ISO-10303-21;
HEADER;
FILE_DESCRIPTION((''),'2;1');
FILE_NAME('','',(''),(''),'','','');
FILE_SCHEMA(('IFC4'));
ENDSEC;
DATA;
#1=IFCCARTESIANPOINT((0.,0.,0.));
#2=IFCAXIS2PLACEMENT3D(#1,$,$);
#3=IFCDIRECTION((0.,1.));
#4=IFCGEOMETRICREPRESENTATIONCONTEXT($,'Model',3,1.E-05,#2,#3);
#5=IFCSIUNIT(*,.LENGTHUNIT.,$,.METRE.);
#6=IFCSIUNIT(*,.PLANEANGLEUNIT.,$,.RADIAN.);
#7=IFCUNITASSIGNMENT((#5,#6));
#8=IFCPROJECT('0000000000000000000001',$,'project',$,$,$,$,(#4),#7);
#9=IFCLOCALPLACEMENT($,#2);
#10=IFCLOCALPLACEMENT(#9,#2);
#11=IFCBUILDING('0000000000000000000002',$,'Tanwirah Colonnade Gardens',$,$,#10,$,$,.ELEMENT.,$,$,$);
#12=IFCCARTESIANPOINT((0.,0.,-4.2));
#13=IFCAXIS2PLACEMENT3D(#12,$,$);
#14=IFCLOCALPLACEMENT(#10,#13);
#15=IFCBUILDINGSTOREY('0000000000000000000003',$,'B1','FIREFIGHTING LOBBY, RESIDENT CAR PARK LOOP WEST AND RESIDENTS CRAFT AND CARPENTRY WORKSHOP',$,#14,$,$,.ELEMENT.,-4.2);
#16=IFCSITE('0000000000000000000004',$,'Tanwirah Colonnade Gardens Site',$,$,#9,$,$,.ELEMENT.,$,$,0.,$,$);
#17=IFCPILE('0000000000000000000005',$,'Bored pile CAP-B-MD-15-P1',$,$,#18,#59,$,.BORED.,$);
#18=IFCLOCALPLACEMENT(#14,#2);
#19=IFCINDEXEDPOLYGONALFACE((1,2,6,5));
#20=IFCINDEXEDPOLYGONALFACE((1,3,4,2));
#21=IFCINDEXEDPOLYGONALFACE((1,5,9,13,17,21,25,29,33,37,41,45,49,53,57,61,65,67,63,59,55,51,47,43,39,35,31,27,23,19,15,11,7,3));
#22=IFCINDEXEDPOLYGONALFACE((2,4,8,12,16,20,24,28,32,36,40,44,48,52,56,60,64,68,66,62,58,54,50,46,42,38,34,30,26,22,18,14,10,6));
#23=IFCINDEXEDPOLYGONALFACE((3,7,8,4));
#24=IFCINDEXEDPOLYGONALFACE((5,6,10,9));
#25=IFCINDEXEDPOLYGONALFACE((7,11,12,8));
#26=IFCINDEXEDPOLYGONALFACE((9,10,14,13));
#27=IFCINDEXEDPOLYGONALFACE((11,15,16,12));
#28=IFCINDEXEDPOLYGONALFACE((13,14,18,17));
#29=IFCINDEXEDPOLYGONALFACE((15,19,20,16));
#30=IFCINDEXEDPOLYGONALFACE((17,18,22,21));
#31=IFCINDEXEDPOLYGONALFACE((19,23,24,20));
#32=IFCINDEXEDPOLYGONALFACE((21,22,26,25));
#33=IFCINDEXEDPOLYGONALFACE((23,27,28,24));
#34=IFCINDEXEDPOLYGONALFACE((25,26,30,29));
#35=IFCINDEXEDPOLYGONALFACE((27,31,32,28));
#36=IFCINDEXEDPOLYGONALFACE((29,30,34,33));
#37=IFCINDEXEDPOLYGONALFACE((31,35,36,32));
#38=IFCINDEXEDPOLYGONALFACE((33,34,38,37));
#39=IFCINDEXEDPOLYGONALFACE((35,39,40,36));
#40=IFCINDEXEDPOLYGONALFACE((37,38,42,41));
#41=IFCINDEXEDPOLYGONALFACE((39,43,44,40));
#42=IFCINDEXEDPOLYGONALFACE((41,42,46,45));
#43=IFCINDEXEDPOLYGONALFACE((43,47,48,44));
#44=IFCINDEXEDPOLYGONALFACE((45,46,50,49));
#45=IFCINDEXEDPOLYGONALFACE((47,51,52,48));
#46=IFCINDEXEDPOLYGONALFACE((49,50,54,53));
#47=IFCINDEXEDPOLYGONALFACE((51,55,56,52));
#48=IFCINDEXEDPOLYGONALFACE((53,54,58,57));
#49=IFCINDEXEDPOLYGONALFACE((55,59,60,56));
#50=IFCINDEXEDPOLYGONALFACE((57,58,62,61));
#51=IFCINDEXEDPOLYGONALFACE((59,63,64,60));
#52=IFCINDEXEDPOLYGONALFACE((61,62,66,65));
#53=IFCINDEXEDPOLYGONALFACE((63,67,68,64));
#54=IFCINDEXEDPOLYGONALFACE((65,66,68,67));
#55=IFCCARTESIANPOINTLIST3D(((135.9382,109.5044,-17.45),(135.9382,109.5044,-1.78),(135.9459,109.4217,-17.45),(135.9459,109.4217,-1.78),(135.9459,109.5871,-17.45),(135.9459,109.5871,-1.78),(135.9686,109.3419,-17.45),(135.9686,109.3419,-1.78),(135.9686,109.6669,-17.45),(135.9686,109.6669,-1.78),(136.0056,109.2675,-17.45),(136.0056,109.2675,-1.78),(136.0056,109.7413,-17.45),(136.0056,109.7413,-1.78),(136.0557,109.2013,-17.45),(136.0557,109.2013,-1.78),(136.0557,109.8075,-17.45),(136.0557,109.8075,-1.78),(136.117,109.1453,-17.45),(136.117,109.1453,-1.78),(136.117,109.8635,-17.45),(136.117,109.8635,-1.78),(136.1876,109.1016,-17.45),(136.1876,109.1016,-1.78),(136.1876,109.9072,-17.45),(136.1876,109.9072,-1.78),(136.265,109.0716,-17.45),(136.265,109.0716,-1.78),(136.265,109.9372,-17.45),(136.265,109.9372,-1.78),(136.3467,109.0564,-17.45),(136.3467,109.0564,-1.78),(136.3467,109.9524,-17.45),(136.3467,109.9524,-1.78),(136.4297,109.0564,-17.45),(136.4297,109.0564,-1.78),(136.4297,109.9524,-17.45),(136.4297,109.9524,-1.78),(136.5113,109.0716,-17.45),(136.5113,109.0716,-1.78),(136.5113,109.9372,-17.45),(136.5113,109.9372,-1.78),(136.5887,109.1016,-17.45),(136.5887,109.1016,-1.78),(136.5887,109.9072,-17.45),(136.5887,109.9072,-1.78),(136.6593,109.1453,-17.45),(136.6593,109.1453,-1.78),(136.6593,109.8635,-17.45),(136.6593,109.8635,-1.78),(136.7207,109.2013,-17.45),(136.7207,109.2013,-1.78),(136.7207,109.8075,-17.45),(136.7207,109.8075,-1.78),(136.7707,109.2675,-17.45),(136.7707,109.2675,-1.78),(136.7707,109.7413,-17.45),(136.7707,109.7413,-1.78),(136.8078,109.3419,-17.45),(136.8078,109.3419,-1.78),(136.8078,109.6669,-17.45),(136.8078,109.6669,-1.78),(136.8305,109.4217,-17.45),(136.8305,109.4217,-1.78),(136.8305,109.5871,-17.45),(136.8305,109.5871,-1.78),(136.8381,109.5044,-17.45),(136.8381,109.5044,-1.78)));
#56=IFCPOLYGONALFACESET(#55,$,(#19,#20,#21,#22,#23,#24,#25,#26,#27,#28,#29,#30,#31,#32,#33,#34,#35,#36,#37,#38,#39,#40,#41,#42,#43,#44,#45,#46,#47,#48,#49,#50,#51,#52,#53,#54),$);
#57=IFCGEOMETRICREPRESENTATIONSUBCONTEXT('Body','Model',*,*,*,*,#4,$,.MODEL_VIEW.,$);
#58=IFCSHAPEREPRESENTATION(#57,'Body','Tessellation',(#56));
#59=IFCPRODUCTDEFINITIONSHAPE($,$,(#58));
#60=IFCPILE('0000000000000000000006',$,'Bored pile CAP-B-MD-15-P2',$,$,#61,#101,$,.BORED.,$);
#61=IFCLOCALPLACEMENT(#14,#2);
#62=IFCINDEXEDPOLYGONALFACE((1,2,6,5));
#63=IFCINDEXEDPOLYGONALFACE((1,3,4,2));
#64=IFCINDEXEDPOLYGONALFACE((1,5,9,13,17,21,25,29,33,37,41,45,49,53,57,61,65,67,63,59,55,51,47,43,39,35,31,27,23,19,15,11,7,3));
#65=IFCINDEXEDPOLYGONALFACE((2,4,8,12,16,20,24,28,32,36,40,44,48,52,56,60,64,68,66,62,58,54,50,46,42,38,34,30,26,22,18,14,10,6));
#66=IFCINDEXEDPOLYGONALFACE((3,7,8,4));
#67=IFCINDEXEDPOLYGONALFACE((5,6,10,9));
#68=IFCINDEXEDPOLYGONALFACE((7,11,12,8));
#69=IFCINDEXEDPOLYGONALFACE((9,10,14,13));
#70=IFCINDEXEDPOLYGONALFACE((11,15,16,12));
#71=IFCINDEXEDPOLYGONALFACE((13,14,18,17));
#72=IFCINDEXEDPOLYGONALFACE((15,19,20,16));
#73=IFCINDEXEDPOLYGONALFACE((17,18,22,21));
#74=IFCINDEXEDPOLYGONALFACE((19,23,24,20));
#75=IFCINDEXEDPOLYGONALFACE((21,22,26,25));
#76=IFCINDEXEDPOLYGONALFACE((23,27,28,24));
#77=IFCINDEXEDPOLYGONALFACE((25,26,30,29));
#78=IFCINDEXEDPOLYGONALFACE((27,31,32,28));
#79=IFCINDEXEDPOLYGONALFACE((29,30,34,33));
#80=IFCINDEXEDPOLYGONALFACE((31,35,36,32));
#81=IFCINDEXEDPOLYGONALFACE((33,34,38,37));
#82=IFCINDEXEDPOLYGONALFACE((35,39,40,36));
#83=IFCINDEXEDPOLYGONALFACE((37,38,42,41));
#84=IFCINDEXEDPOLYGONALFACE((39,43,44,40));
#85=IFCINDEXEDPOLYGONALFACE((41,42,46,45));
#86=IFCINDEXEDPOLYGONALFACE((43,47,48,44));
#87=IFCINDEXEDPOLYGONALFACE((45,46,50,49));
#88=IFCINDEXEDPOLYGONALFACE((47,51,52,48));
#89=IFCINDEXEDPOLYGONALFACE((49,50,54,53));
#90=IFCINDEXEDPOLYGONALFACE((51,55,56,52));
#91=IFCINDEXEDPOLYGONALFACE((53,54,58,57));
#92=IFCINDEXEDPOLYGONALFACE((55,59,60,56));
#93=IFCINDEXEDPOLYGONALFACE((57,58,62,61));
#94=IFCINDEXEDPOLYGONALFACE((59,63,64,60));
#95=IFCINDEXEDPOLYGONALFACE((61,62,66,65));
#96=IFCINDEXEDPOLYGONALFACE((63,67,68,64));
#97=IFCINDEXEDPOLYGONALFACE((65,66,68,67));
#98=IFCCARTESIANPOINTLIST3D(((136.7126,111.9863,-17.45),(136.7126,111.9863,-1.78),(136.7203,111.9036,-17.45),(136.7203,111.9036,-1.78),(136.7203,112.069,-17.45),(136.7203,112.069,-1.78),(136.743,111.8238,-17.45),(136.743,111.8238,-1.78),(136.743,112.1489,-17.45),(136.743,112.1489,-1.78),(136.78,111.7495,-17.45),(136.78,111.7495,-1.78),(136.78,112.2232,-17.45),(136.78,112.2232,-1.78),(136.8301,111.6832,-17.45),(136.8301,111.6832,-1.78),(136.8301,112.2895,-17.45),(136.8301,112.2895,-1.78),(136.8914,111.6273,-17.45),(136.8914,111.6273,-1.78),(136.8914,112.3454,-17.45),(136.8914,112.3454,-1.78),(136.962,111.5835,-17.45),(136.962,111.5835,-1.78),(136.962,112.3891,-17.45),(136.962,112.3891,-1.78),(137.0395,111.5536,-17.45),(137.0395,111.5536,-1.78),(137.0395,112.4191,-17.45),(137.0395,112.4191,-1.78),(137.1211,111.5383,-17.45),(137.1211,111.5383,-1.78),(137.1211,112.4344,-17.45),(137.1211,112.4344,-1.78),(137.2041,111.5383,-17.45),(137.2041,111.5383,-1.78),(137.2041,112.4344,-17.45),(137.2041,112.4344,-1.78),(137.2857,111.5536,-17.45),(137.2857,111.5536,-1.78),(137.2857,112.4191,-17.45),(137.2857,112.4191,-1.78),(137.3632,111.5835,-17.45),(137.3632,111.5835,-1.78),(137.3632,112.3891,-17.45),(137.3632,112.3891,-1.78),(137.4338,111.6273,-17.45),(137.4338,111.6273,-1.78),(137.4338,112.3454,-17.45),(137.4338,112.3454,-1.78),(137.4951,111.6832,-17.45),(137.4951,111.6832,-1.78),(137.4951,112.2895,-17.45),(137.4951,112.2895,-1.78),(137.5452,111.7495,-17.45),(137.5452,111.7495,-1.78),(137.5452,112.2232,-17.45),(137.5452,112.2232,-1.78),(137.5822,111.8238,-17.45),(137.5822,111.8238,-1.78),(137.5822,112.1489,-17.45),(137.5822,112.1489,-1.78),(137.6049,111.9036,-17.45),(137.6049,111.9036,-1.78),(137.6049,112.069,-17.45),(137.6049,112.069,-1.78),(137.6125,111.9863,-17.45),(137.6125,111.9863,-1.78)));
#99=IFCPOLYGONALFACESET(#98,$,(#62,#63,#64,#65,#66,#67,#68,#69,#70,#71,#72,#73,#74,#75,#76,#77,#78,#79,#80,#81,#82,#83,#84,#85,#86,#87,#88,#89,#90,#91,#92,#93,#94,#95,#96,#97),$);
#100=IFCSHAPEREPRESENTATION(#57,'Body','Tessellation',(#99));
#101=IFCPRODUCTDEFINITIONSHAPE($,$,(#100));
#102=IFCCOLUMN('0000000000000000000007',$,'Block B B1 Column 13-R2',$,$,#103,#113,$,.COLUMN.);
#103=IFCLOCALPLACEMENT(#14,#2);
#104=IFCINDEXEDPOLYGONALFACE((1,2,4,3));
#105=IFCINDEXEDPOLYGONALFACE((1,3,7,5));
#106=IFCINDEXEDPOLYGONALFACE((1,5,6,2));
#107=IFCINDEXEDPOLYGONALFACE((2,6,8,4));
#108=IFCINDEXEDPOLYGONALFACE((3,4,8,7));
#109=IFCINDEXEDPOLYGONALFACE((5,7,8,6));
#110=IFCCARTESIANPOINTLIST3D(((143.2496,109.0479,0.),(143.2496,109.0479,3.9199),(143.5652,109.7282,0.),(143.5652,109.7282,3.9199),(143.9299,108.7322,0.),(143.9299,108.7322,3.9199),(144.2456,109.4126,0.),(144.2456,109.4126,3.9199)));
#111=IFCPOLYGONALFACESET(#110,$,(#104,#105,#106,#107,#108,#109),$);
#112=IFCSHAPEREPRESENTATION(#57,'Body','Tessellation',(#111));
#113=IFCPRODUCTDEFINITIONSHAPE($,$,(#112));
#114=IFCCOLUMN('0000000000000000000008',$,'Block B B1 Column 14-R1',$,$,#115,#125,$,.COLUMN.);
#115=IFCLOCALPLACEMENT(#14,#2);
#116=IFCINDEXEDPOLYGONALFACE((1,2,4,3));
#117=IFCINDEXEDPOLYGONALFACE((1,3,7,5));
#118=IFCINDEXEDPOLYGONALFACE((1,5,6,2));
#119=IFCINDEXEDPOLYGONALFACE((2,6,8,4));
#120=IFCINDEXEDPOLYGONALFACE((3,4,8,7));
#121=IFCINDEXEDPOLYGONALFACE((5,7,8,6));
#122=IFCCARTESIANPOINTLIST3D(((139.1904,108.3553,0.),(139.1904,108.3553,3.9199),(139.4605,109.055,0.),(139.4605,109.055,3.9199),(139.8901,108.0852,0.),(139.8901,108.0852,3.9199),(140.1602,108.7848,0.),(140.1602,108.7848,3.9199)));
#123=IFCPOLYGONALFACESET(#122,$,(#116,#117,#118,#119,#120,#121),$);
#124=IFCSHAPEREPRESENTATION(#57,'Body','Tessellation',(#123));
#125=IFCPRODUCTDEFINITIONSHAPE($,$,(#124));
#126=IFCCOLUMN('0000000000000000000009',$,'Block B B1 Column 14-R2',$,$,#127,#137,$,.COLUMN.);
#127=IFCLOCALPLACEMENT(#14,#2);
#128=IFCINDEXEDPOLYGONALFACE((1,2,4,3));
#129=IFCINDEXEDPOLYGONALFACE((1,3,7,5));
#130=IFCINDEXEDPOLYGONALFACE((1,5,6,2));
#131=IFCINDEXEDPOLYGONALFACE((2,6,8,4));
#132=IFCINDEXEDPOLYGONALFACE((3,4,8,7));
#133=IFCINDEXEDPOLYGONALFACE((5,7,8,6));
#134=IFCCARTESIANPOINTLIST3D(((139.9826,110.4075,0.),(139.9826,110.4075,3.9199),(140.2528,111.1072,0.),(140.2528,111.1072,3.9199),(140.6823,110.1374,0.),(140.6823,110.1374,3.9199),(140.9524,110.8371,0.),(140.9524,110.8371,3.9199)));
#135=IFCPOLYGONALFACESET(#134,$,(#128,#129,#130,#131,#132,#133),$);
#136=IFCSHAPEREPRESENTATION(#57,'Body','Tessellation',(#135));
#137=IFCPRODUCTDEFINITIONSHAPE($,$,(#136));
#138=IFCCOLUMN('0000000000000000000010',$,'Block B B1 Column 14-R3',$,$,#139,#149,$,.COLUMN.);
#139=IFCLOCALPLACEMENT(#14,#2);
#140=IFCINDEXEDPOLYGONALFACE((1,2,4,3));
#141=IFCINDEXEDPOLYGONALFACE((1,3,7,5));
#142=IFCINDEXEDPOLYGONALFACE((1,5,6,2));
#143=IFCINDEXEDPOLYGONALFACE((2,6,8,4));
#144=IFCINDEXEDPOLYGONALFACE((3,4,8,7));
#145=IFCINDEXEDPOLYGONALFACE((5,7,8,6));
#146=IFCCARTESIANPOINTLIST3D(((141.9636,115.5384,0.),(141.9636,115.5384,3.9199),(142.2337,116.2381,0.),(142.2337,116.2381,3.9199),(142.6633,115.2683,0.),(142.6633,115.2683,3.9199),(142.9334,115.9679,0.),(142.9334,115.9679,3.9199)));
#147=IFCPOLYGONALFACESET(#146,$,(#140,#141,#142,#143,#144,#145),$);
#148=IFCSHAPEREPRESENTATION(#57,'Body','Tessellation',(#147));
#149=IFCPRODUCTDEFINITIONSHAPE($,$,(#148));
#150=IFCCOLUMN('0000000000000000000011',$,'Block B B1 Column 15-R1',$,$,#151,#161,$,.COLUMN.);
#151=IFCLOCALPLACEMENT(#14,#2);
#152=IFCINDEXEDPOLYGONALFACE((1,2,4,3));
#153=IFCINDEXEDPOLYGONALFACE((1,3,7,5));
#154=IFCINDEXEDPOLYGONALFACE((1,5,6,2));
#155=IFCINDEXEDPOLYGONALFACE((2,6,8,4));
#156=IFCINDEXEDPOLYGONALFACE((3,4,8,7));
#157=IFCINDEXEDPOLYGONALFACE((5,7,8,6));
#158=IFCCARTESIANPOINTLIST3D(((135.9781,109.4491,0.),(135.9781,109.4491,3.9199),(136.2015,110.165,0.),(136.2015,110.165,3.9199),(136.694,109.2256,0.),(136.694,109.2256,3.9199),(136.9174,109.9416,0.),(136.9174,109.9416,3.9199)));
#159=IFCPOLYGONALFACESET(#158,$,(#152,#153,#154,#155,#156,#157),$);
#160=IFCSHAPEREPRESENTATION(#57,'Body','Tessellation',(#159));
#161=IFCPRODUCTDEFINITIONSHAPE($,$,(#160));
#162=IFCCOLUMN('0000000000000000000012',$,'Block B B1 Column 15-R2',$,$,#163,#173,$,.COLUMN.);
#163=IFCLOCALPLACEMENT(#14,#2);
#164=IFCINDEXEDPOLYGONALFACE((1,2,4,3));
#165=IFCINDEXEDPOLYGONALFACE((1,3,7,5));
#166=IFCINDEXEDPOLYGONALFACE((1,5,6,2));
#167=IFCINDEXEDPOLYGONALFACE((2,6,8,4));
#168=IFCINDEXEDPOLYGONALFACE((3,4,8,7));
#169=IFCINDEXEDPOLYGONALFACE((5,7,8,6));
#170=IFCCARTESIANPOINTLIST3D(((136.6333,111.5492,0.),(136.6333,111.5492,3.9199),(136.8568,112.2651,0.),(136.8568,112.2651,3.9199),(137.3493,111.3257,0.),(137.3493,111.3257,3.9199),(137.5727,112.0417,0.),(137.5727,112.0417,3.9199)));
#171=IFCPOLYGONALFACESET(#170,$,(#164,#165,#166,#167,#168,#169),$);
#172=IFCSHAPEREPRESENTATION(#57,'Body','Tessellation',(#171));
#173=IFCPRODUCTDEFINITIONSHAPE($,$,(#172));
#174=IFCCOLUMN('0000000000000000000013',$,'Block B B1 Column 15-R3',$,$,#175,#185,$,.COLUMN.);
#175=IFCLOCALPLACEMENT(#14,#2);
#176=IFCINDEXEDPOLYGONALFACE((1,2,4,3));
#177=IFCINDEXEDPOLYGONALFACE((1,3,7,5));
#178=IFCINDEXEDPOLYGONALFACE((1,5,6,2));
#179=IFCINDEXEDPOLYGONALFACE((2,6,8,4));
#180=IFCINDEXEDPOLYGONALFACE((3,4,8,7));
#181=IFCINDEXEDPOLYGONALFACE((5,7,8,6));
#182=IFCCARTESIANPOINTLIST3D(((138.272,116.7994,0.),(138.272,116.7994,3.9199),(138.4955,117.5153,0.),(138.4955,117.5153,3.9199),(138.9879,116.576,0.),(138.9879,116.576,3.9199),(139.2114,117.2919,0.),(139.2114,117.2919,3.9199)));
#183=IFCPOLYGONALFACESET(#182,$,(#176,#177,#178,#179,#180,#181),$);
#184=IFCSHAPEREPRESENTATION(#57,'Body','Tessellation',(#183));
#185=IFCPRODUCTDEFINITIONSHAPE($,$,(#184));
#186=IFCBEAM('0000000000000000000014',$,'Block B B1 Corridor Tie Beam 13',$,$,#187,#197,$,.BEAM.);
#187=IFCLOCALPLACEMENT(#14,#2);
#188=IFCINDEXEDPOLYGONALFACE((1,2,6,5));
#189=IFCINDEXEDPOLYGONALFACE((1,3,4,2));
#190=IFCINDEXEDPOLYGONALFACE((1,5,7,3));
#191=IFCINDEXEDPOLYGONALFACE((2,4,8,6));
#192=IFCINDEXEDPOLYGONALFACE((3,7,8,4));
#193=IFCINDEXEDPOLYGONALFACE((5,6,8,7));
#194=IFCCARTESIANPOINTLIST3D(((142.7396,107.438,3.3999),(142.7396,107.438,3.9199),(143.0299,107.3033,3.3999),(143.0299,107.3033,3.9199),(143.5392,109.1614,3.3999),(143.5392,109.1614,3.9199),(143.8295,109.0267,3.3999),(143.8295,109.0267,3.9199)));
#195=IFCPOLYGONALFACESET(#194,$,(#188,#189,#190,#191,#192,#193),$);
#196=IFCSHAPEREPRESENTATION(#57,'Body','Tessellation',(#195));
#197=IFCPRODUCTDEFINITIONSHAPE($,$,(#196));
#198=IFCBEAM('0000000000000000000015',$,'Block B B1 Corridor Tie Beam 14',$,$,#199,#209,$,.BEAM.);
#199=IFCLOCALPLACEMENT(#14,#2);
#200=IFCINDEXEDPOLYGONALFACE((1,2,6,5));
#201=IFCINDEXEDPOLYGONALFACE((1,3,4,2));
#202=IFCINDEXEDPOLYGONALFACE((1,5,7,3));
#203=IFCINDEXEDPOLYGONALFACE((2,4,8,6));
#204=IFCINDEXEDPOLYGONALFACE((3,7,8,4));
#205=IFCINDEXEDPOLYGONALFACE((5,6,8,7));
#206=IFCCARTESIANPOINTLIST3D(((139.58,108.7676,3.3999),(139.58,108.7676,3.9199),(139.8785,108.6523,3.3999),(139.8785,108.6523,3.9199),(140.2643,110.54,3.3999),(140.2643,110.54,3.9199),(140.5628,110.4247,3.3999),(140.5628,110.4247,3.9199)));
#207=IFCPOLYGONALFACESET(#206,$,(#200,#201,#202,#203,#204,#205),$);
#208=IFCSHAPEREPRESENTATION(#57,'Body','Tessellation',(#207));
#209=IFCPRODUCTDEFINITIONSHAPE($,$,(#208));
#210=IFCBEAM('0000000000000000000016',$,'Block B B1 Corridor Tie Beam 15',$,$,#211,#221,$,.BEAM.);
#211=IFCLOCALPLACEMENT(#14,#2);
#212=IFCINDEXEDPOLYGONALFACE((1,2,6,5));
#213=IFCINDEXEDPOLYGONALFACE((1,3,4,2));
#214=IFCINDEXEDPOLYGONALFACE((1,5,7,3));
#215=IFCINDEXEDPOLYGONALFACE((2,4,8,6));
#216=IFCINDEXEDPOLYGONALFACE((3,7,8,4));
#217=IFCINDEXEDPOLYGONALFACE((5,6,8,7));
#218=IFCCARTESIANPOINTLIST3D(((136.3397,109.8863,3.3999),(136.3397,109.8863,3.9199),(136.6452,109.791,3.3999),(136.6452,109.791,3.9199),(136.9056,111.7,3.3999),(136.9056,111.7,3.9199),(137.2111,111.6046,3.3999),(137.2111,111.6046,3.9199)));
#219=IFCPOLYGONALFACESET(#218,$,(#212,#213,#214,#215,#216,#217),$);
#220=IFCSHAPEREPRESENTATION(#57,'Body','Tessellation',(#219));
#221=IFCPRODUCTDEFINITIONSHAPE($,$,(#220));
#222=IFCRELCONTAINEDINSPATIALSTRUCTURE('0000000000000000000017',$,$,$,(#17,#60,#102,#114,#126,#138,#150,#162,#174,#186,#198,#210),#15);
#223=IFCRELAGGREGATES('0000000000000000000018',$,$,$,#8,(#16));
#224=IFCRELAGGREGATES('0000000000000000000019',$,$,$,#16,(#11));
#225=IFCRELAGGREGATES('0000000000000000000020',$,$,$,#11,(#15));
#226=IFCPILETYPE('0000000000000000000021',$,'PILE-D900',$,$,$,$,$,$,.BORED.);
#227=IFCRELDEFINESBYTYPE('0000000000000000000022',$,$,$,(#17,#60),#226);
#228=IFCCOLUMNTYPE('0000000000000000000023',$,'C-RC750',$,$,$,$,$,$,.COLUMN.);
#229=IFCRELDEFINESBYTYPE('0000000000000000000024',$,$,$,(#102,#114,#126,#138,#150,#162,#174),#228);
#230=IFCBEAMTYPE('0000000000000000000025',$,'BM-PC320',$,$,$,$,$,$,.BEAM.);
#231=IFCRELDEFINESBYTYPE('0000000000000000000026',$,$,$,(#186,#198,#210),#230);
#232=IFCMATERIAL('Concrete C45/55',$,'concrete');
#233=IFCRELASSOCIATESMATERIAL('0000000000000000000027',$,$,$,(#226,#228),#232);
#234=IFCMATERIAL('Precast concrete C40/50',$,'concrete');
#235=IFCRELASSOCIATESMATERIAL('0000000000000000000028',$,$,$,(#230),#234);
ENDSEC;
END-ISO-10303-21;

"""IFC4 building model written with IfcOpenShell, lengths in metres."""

from ifc_helpers import new_model, si_unit, direction, frame, origin, origin_2d, place, context, subcontext, project, spatial, rectangle, circle, extrude, material, material_profile, profile_set, type_object, element, save


model = new_model("IFC4")

# Units and contexts
model_context = context("Model", 3, precision=1e-05, world=origin(), true_north=direction((0.0, 1.0)))
body_context = subcontext(model_context, "Body", "Model", "MODEL_VIEW")
ifc_project = project(units=[si_unit("LENGTHUNIT", "METRE"), si_unit("PLANEANGLEUNIT", "RADIAN")], contexts=[model_context])

# Site, building, storey
site_placement = place(None, origin())
site = spatial("IfcSite", under=ifc_project, at=site_placement, Name="Tanwirah Colonnade Gardens Site", CompositionType="ELEMENT", RefElevation=0.0)
building_placement = place(site_placement, origin())
building = spatial("IfcBuilding", under=site, at=building_placement, Name="Tanwirah Colonnade Gardens", CompositionType="ELEMENT")
storey_placement = place(building_placement, frame((0.0, 0.0, -4.2)))
storey = spatial("IfcBuildingStorey", under=building, at=storey_placement, Name="B1", Description="FIREFIGHTING LOBBY, RESIDENT CAR PARK LOOP WEST AND RESIDENTS CRAFT AND CARPENTRY WORKSHOP", CompositionType="ELEMENT", Elevation=-4.2)

# Shared definitions
ifc_material_1 = material(Name="Concrete C45/55", Category="concrete")

# Piles
ifc_material_profile_1 = material_profile(ifc_material_1, circle(Radius=0.45, at=origin_2d()), Name="PILE D900")
ifc_profile_set_1 = profile_set([ifc_material_profile_1], Name="Concrete C45/55")
pile_type_1 = type_object("IfcPileType", Name="PILE-D900", PredefinedType="BORED", material=ifc_profile_set_1)
for number, where, z_axis, x_axis, name in (
    (1, (136.3882, 109.5044, -1.78), (0.0, 0.0, -1.0), (1.0, 0.0, 0.0), "Bored pile CAP-B-MD-15-P1"),
    (2, (137.1626, 111.9863, -1.78), (0.0, 0.0, -1.0), (1.0, 0.0, 0.0), "Bored pile CAP-B-MD-15-P2"),
):
    element("IfcPile", number, at=place(storey_placement, frame(where, z_axis=z_axis, x_axis=x_axis)), inside=storey, type_object=pile_type_1, Name=name, PredefinedType="BORED", context=body_context, shape_type="SweptSolid", body=[
        extrude(circle(Radius=0.45, at=origin_2d()), origin(), (0.0, 0.0, 1.0), 15.6699),
    ])

# Columns
ifc_material_profile_2 = material_profile(ifc_material_1, rectangle(XDim=0.75, YDim=0.75, at=origin_2d()), Name="RC-COL 750x750")
ifc_profile_set_2 = profile_set([ifc_material_profile_2], Name="Concrete C45/55")
column_type = type_object("IfcColumnType", Name="C-RC750", PredefinedType="COLUMN", material=ifc_profile_set_2)
for number, where, z_axis, x_axis, name in (
    (3, (143.7476, 109.2302, 0.0), (0.0, 0.0, 1.0), (0.42086, 0.907126, 0.0), "Block B B1 Column 13-R2"),
    (4, (139.6753, 108.5701, 0.0), (0.0, 0.0, 1.0), (0.360178, 0.932884, 0.0), "Block B B1 Column 14-R1"),
    (5, (140.4675, 110.6223, 0.0), (0.0, 0.0, 1.0), (0.360178, 0.932884, 0.0), "Block B B1 Column 14-R2"),
    (6, (142.4485, 115.7532, 0.0), (0.0, 0.0, 1.0), (0.360178, 0.932884, 0.0), "Block B B1 Column 14-R3"),
    (7, (136.4478, 109.6953, 0.0), (0.0, 0.0, 1.0), (0.29793, 0.954588, 0.0), "Block B B1 Column 15-R1"),
    (8, (137.103, 111.7954, 0.0), (0.0, 0.0, 1.0), (0.29793, 0.954588, 0.0), "Block B B1 Column 15-R2"),
    (9, (138.7417, 117.0457, 0.0), (0.0, 0.0, 1.0), (0.29793, 0.954588, 0.0), "Block B B1 Column 15-R3"),
):
    element("IfcColumn", number, at=place(storey_placement, frame(where, z_axis=z_axis, x_axis=x_axis)), inside=storey, type_object=column_type, Name=name, PredefinedType="COLUMN", context=body_context, shape_type="SweptSolid", body=[
        extrude(rectangle(XDim=0.75, YDim=0.75, at=origin_2d()), origin(), (0.0, 0.0, 1.0), 3.9199),
    ])

# Beams
ifc_material_2 = material(Name="Precast concrete C40/50", Category="concrete")
ifc_material_profile_3 = material_profile(ifc_material_2, rectangle(XDim=0.3201, YDim=0.52, at=origin_2d()), Name="PC-BM 320x520")
ifc_profile_set_3 = profile_set([ifc_material_profile_3], Name="Precast concrete C40/50")
beam_type_1 = type_object("IfcBeamType", Name="BM-PC320", PredefinedType="BEAM", material=ifc_profile_set_3)
for number, where, z_axis, x_axis, name in (
    (10, (142.8848, 107.3706, 3.6599), (0.420858, 0.907126, 0.0), (-0.907126, 0.420858, 0.0), "Block B B1 Corridor Tie Beam 13"),
    (11, (139.7292, 108.71, 3.6599), (0.360176, 0.932885, 0.0), (-0.932885, 0.360176, 0.0), "Block B B1 Corridor Tie Beam 14"),
    (12, (136.4924, 109.8386, 3.6599), (0.297858, 0.95461, 0.0), (-0.95461, 0.297858, 0.0), "Block B B1 Corridor Tie Beam 15"),
):
    element("IfcBeam", number, at=place(storey_placement, frame(where, z_axis=z_axis, x_axis=x_axis)), inside=storey, type_object=beam_type_1, Name=name, PredefinedType="BEAM", context=body_context, shape_type="SweptSolid", body=[
        extrude(rectangle(XDim=0.3201, YDim=0.52, at=origin_2d()), origin(), (0.0, 0.0, 1.0), 1.8999),
    ])

save(model, "model.ifc")
